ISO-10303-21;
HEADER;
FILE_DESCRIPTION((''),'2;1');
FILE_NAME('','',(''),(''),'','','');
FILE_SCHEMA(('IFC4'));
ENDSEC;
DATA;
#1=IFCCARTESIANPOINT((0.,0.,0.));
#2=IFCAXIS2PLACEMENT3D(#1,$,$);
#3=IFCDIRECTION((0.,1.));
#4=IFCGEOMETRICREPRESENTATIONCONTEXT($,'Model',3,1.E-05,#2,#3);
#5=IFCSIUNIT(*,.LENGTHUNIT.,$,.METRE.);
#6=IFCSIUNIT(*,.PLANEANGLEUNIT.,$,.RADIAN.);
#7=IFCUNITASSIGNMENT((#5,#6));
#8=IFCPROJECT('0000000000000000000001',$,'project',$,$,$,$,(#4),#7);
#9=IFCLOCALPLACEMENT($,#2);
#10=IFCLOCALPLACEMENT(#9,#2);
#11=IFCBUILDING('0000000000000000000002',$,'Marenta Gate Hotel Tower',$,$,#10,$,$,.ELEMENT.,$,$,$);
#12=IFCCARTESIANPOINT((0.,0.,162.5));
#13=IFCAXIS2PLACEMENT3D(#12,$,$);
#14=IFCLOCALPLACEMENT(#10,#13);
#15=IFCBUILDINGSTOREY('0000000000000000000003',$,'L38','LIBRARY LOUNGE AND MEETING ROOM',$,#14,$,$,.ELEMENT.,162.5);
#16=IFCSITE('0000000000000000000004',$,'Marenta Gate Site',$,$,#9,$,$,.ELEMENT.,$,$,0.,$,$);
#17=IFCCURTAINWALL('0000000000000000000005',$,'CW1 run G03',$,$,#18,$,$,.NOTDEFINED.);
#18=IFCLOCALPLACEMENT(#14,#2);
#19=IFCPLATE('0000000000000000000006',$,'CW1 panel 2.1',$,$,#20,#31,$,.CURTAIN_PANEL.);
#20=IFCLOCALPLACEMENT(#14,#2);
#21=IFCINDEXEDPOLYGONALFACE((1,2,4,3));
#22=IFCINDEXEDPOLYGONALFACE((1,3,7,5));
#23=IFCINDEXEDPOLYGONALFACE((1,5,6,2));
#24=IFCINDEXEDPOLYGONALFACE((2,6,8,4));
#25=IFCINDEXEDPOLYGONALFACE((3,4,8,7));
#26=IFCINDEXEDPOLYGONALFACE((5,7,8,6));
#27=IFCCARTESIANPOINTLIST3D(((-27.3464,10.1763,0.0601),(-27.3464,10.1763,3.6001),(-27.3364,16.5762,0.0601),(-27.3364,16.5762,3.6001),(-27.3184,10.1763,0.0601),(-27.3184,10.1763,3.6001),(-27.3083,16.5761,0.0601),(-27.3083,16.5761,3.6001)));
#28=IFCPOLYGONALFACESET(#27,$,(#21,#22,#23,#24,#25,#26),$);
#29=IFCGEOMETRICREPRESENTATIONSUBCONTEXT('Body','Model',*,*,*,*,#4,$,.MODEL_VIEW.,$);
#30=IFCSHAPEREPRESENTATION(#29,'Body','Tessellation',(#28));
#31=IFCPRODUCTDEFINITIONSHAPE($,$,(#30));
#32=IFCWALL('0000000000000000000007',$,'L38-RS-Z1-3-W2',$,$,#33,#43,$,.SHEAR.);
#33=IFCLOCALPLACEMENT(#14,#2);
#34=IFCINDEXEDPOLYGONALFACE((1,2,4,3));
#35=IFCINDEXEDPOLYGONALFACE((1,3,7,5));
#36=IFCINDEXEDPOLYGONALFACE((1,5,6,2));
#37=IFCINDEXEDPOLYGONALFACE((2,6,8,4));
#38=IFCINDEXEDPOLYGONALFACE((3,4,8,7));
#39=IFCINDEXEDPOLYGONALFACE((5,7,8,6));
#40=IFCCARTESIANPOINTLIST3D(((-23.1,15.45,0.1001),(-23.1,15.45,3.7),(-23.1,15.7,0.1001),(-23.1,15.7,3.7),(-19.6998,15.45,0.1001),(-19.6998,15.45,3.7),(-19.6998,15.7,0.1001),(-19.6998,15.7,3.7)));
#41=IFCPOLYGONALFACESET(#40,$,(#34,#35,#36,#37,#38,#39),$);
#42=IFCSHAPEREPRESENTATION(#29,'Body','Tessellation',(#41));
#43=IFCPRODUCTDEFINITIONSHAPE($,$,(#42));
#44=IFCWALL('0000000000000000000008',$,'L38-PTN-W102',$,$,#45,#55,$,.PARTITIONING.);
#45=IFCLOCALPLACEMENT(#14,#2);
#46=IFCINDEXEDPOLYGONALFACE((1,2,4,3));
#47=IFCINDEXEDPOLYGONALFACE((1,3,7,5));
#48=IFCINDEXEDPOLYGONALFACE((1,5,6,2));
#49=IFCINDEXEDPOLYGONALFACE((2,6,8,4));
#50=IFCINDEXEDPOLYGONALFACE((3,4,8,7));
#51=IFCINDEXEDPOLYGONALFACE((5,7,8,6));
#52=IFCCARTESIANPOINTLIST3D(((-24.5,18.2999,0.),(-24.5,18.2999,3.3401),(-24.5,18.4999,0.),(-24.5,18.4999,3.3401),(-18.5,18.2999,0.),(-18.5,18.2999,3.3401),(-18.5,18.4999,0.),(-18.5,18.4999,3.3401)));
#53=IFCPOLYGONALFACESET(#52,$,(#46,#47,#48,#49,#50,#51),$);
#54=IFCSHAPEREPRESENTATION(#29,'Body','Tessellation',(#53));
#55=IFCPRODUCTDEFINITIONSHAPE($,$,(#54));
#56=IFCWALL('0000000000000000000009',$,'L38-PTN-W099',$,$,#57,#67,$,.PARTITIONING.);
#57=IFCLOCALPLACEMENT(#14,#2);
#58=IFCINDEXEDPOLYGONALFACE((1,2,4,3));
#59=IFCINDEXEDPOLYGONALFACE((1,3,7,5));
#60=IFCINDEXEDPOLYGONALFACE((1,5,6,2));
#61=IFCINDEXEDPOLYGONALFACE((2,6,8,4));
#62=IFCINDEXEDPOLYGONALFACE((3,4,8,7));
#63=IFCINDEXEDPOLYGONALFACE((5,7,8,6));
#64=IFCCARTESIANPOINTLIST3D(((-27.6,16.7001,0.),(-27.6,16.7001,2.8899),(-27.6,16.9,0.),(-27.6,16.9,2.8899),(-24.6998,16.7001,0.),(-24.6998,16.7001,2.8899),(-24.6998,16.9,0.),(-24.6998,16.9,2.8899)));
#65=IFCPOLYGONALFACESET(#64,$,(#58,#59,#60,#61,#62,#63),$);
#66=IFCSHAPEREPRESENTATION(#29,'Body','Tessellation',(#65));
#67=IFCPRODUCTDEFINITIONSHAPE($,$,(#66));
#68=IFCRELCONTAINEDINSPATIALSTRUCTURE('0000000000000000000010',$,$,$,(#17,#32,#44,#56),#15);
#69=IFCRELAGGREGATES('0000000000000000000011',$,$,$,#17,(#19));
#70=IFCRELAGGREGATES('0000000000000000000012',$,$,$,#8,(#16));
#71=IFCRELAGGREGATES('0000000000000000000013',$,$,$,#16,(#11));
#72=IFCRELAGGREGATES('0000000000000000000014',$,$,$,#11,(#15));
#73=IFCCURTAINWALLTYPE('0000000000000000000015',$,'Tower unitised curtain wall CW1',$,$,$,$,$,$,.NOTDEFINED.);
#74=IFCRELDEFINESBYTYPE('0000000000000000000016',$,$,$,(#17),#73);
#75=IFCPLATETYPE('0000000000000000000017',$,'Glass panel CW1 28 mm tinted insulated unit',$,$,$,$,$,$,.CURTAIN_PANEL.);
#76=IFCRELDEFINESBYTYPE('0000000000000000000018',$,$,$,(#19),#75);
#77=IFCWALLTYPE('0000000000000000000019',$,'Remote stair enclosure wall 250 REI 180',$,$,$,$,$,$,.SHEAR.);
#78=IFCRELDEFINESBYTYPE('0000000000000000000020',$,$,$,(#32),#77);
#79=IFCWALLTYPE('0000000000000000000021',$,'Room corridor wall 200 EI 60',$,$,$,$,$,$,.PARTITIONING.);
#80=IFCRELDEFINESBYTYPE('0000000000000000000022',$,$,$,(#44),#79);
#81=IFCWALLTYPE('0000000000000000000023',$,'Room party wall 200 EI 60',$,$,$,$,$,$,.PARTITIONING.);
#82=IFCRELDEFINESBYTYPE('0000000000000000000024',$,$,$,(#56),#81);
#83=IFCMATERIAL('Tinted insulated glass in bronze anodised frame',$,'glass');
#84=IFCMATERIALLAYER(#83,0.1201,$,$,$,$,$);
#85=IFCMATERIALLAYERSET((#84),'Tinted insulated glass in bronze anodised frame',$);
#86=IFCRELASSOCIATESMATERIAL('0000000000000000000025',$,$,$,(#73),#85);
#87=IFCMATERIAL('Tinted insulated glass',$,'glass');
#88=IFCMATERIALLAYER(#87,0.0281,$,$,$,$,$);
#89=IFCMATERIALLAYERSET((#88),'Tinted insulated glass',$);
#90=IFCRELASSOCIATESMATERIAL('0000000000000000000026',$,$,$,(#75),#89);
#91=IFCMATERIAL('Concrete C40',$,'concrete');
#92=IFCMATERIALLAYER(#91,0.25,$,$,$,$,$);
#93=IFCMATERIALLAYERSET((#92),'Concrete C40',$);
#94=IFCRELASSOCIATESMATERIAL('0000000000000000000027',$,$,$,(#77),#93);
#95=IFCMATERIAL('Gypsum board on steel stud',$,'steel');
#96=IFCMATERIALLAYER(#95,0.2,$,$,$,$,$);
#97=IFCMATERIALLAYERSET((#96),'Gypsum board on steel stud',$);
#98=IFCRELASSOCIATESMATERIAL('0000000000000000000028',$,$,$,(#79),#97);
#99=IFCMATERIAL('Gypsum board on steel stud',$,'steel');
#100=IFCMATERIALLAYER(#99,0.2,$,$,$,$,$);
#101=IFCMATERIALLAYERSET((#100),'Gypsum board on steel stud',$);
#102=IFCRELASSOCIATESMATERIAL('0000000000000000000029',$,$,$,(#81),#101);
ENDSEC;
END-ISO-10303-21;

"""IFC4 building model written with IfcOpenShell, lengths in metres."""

from ifc_helpers import new_model, si_unit, direction, frame, frame_2d, origin, origin_2d, place, context, subcontext, project, spatial, rectangle, extrude, material, layer, layer_set, type_object, element, aggregate, save


model = new_model("IFC4")

# Units and contexts
model_context = context("Model", 3, precision=1e-05, world=origin(), true_north=direction((0.0, 1.0)))
body_context = subcontext(model_context, "Body", "Model", "MODEL_VIEW")
ifc_project = project(units=[si_unit("LENGTHUNIT", "METRE"), si_unit("PLANEANGLEUNIT", "RADIAN")], contexts=[model_context])

# Site, building, storey
site_placement = place(None, origin())
site = spatial("IfcSite", under=ifc_project, at=site_placement, Name="Marenta Gate Site", CompositionType="ELEMENT", RefElevation=0.0)
building_placement = place(site_placement, origin())
building = spatial("IfcBuilding", under=site, at=building_placement, Name="Marenta Gate Hotel Tower", CompositionType="ELEMENT")
storey_placement = place(building_placement, frame((0.0, 0.0, 162.5)))
storey = spatial("IfcBuildingStorey", under=building, at=storey_placement, Name="L38", Description="LIBRARY LOUNGE AND MEETING ROOM", CompositionType="ELEMENT", Elevation=162.5)

# Shared definitions
ifc_material_1 = material(Name="Tinted insulated glass in bronze anodised frame", Category="glass")
ifc_layer_1 = layer(ifc_material_1, 0.1201)
ifc_layer_set_1 = layer_set([ifc_layer_1], Name="Tinted insulated glass in bronze anodised frame")
curtain_wall_type = type_object("IfcCurtainWallType", Name="Tower unitised curtain wall CW1", PredefinedType="NOTDEFINED", material=ifc_layer_set_1)

# Curtain wall
curtain_wall_1_placement = place(storey_placement, origin())
curtain_wall_1 = element("IfcCurtainWall", 1, at=curtain_wall_1_placement, inside=storey, type_object=curtain_wall_type, Name="CW1 run G03", PredefinedType="NOTDEFINED")

# Plate
ifc_material_2 = material(Name="Tinted insulated glass", Category="glass")
ifc_layer_2 = layer(ifc_material_2, 0.0281)
ifc_layer_set_2 = layer_set([ifc_layer_2], Name="Tinted insulated glass")
plate_type = type_object("IfcPlateType", Name="Glass panel CW1 28 mm tinted insulated unit", PredefinedType="CURTAIN_PANEL", material=ifc_layer_set_2)
plate_1_placement = place(storey_placement, frame((-27.3274, 13.3762, 0.0601), z_axis=(0.0, 0.0, 1.0), x_axis=(-0.001566, -0.999999, 0.0)))
plate_1 = element("IfcPlate", 2, at=plate_1_placement, type_object=plate_type, Name="CW1 panel 2.1", PredefinedType="CURTAIN_PANEL", context=body_context, shape_type="SweptSolid", body=[
    extrude(rectangle(XDim=6.3999, YDim=0.0281, at=origin_2d()), origin(), (0.0, 0.0, 1.0), 3.54),
])
aggregate(curtain_wall_1, [plate_1])

# Walls
ifc_material_3 = material(Name="Concrete C40", Category="concrete")
ifc_layer_3 = layer(ifc_material_3, 0.25)
ifc_layer_set_3 = layer_set([ifc_layer_3], Name="Concrete C40")
wall_type_1 = type_object("IfcWallType", Name="Remote stair enclosure wall 250 REI 180", PredefinedType="SHEAR", material=ifc_layer_set_3)
wall_1_placement = place(storey_placement, frame((-23.1001, 15.575, 0.1001), z_axis=(0.0, 0.0, 1.0), x_axis=(1.0, 0.0, 0.0)))
element("IfcWall", 3, at=wall_1_placement, inside=storey, type_object=wall_type_1, Name="L38-RS-Z1-3-W2", PredefinedType="SHEAR", context=body_context, shape_type="SweptSolid", body=[
    extrude(rectangle(XDim=3.4001, YDim=0.25, at=frame_2d((1.7002, 0.0))), origin(), (0.0, 0.0, 1.0), 3.5999),
])
ifc_material_4 = material(Name="Gypsum board on steel stud", Category="steel")
ifc_layer_4 = layer(ifc_material_4, 0.2)
ifc_layer_set_4 = layer_set([ifc_layer_4], Name="Gypsum board on steel stud")
wall_type_2 = type_object("IfcWallType", Name="Room corridor wall 200 EI 60", PredefinedType="PARTITIONING", material=ifc_layer_set_4)
wall_2_placement = place(storey_placement, frame((-24.5, 18.3999, 0.0), z_axis=(0.0, 0.0, 1.0), x_axis=(1.0, 0.0, 0.0)))
element("IfcWall", 4, at=wall_2_placement, inside=storey, type_object=wall_type_2, Name="L38-PTN-W102", PredefinedType="PARTITIONING", context=body_context, shape_type="SweptSolid", body=[
    extrude(rectangle(XDim=6.0, YDim=0.2, at=frame_2d((3.0, 0.0))), origin(), (0.0, 0.0, 1.0), 3.3401),
])
ifc_material_5 = material(Name="Gypsum board on steel stud", Category="steel")
ifc_layer_5 = layer(ifc_material_5, 0.2)
ifc_layer_set_5 = layer_set([ifc_layer_5], Name="Gypsum board on steel stud")
wall_type_3 = type_object("IfcWallType", Name="Room party wall 200 EI 60", PredefinedType="PARTITIONING", material=ifc_layer_set_5)
wall_3_placement = place(storey_placement, frame((-27.6001, 16.8, 0.0), z_axis=(0.0, 0.0, 1.0), x_axis=(1.0, 0.0, 0.0)))
element("IfcWall", 5, at=wall_3_placement, inside=storey, type_object=wall_type_3, Name="L38-PTN-W099", PredefinedType="PARTITIONING", context=body_context, shape_type="SweptSolid", body=[
    extrude(rectangle(XDim=2.9001, YDim=0.2, at=frame_2d((1.4502, 0.0))), origin(), (0.0, 0.0, 1.0), 2.8899),
])

save(model, "model.ifc")
